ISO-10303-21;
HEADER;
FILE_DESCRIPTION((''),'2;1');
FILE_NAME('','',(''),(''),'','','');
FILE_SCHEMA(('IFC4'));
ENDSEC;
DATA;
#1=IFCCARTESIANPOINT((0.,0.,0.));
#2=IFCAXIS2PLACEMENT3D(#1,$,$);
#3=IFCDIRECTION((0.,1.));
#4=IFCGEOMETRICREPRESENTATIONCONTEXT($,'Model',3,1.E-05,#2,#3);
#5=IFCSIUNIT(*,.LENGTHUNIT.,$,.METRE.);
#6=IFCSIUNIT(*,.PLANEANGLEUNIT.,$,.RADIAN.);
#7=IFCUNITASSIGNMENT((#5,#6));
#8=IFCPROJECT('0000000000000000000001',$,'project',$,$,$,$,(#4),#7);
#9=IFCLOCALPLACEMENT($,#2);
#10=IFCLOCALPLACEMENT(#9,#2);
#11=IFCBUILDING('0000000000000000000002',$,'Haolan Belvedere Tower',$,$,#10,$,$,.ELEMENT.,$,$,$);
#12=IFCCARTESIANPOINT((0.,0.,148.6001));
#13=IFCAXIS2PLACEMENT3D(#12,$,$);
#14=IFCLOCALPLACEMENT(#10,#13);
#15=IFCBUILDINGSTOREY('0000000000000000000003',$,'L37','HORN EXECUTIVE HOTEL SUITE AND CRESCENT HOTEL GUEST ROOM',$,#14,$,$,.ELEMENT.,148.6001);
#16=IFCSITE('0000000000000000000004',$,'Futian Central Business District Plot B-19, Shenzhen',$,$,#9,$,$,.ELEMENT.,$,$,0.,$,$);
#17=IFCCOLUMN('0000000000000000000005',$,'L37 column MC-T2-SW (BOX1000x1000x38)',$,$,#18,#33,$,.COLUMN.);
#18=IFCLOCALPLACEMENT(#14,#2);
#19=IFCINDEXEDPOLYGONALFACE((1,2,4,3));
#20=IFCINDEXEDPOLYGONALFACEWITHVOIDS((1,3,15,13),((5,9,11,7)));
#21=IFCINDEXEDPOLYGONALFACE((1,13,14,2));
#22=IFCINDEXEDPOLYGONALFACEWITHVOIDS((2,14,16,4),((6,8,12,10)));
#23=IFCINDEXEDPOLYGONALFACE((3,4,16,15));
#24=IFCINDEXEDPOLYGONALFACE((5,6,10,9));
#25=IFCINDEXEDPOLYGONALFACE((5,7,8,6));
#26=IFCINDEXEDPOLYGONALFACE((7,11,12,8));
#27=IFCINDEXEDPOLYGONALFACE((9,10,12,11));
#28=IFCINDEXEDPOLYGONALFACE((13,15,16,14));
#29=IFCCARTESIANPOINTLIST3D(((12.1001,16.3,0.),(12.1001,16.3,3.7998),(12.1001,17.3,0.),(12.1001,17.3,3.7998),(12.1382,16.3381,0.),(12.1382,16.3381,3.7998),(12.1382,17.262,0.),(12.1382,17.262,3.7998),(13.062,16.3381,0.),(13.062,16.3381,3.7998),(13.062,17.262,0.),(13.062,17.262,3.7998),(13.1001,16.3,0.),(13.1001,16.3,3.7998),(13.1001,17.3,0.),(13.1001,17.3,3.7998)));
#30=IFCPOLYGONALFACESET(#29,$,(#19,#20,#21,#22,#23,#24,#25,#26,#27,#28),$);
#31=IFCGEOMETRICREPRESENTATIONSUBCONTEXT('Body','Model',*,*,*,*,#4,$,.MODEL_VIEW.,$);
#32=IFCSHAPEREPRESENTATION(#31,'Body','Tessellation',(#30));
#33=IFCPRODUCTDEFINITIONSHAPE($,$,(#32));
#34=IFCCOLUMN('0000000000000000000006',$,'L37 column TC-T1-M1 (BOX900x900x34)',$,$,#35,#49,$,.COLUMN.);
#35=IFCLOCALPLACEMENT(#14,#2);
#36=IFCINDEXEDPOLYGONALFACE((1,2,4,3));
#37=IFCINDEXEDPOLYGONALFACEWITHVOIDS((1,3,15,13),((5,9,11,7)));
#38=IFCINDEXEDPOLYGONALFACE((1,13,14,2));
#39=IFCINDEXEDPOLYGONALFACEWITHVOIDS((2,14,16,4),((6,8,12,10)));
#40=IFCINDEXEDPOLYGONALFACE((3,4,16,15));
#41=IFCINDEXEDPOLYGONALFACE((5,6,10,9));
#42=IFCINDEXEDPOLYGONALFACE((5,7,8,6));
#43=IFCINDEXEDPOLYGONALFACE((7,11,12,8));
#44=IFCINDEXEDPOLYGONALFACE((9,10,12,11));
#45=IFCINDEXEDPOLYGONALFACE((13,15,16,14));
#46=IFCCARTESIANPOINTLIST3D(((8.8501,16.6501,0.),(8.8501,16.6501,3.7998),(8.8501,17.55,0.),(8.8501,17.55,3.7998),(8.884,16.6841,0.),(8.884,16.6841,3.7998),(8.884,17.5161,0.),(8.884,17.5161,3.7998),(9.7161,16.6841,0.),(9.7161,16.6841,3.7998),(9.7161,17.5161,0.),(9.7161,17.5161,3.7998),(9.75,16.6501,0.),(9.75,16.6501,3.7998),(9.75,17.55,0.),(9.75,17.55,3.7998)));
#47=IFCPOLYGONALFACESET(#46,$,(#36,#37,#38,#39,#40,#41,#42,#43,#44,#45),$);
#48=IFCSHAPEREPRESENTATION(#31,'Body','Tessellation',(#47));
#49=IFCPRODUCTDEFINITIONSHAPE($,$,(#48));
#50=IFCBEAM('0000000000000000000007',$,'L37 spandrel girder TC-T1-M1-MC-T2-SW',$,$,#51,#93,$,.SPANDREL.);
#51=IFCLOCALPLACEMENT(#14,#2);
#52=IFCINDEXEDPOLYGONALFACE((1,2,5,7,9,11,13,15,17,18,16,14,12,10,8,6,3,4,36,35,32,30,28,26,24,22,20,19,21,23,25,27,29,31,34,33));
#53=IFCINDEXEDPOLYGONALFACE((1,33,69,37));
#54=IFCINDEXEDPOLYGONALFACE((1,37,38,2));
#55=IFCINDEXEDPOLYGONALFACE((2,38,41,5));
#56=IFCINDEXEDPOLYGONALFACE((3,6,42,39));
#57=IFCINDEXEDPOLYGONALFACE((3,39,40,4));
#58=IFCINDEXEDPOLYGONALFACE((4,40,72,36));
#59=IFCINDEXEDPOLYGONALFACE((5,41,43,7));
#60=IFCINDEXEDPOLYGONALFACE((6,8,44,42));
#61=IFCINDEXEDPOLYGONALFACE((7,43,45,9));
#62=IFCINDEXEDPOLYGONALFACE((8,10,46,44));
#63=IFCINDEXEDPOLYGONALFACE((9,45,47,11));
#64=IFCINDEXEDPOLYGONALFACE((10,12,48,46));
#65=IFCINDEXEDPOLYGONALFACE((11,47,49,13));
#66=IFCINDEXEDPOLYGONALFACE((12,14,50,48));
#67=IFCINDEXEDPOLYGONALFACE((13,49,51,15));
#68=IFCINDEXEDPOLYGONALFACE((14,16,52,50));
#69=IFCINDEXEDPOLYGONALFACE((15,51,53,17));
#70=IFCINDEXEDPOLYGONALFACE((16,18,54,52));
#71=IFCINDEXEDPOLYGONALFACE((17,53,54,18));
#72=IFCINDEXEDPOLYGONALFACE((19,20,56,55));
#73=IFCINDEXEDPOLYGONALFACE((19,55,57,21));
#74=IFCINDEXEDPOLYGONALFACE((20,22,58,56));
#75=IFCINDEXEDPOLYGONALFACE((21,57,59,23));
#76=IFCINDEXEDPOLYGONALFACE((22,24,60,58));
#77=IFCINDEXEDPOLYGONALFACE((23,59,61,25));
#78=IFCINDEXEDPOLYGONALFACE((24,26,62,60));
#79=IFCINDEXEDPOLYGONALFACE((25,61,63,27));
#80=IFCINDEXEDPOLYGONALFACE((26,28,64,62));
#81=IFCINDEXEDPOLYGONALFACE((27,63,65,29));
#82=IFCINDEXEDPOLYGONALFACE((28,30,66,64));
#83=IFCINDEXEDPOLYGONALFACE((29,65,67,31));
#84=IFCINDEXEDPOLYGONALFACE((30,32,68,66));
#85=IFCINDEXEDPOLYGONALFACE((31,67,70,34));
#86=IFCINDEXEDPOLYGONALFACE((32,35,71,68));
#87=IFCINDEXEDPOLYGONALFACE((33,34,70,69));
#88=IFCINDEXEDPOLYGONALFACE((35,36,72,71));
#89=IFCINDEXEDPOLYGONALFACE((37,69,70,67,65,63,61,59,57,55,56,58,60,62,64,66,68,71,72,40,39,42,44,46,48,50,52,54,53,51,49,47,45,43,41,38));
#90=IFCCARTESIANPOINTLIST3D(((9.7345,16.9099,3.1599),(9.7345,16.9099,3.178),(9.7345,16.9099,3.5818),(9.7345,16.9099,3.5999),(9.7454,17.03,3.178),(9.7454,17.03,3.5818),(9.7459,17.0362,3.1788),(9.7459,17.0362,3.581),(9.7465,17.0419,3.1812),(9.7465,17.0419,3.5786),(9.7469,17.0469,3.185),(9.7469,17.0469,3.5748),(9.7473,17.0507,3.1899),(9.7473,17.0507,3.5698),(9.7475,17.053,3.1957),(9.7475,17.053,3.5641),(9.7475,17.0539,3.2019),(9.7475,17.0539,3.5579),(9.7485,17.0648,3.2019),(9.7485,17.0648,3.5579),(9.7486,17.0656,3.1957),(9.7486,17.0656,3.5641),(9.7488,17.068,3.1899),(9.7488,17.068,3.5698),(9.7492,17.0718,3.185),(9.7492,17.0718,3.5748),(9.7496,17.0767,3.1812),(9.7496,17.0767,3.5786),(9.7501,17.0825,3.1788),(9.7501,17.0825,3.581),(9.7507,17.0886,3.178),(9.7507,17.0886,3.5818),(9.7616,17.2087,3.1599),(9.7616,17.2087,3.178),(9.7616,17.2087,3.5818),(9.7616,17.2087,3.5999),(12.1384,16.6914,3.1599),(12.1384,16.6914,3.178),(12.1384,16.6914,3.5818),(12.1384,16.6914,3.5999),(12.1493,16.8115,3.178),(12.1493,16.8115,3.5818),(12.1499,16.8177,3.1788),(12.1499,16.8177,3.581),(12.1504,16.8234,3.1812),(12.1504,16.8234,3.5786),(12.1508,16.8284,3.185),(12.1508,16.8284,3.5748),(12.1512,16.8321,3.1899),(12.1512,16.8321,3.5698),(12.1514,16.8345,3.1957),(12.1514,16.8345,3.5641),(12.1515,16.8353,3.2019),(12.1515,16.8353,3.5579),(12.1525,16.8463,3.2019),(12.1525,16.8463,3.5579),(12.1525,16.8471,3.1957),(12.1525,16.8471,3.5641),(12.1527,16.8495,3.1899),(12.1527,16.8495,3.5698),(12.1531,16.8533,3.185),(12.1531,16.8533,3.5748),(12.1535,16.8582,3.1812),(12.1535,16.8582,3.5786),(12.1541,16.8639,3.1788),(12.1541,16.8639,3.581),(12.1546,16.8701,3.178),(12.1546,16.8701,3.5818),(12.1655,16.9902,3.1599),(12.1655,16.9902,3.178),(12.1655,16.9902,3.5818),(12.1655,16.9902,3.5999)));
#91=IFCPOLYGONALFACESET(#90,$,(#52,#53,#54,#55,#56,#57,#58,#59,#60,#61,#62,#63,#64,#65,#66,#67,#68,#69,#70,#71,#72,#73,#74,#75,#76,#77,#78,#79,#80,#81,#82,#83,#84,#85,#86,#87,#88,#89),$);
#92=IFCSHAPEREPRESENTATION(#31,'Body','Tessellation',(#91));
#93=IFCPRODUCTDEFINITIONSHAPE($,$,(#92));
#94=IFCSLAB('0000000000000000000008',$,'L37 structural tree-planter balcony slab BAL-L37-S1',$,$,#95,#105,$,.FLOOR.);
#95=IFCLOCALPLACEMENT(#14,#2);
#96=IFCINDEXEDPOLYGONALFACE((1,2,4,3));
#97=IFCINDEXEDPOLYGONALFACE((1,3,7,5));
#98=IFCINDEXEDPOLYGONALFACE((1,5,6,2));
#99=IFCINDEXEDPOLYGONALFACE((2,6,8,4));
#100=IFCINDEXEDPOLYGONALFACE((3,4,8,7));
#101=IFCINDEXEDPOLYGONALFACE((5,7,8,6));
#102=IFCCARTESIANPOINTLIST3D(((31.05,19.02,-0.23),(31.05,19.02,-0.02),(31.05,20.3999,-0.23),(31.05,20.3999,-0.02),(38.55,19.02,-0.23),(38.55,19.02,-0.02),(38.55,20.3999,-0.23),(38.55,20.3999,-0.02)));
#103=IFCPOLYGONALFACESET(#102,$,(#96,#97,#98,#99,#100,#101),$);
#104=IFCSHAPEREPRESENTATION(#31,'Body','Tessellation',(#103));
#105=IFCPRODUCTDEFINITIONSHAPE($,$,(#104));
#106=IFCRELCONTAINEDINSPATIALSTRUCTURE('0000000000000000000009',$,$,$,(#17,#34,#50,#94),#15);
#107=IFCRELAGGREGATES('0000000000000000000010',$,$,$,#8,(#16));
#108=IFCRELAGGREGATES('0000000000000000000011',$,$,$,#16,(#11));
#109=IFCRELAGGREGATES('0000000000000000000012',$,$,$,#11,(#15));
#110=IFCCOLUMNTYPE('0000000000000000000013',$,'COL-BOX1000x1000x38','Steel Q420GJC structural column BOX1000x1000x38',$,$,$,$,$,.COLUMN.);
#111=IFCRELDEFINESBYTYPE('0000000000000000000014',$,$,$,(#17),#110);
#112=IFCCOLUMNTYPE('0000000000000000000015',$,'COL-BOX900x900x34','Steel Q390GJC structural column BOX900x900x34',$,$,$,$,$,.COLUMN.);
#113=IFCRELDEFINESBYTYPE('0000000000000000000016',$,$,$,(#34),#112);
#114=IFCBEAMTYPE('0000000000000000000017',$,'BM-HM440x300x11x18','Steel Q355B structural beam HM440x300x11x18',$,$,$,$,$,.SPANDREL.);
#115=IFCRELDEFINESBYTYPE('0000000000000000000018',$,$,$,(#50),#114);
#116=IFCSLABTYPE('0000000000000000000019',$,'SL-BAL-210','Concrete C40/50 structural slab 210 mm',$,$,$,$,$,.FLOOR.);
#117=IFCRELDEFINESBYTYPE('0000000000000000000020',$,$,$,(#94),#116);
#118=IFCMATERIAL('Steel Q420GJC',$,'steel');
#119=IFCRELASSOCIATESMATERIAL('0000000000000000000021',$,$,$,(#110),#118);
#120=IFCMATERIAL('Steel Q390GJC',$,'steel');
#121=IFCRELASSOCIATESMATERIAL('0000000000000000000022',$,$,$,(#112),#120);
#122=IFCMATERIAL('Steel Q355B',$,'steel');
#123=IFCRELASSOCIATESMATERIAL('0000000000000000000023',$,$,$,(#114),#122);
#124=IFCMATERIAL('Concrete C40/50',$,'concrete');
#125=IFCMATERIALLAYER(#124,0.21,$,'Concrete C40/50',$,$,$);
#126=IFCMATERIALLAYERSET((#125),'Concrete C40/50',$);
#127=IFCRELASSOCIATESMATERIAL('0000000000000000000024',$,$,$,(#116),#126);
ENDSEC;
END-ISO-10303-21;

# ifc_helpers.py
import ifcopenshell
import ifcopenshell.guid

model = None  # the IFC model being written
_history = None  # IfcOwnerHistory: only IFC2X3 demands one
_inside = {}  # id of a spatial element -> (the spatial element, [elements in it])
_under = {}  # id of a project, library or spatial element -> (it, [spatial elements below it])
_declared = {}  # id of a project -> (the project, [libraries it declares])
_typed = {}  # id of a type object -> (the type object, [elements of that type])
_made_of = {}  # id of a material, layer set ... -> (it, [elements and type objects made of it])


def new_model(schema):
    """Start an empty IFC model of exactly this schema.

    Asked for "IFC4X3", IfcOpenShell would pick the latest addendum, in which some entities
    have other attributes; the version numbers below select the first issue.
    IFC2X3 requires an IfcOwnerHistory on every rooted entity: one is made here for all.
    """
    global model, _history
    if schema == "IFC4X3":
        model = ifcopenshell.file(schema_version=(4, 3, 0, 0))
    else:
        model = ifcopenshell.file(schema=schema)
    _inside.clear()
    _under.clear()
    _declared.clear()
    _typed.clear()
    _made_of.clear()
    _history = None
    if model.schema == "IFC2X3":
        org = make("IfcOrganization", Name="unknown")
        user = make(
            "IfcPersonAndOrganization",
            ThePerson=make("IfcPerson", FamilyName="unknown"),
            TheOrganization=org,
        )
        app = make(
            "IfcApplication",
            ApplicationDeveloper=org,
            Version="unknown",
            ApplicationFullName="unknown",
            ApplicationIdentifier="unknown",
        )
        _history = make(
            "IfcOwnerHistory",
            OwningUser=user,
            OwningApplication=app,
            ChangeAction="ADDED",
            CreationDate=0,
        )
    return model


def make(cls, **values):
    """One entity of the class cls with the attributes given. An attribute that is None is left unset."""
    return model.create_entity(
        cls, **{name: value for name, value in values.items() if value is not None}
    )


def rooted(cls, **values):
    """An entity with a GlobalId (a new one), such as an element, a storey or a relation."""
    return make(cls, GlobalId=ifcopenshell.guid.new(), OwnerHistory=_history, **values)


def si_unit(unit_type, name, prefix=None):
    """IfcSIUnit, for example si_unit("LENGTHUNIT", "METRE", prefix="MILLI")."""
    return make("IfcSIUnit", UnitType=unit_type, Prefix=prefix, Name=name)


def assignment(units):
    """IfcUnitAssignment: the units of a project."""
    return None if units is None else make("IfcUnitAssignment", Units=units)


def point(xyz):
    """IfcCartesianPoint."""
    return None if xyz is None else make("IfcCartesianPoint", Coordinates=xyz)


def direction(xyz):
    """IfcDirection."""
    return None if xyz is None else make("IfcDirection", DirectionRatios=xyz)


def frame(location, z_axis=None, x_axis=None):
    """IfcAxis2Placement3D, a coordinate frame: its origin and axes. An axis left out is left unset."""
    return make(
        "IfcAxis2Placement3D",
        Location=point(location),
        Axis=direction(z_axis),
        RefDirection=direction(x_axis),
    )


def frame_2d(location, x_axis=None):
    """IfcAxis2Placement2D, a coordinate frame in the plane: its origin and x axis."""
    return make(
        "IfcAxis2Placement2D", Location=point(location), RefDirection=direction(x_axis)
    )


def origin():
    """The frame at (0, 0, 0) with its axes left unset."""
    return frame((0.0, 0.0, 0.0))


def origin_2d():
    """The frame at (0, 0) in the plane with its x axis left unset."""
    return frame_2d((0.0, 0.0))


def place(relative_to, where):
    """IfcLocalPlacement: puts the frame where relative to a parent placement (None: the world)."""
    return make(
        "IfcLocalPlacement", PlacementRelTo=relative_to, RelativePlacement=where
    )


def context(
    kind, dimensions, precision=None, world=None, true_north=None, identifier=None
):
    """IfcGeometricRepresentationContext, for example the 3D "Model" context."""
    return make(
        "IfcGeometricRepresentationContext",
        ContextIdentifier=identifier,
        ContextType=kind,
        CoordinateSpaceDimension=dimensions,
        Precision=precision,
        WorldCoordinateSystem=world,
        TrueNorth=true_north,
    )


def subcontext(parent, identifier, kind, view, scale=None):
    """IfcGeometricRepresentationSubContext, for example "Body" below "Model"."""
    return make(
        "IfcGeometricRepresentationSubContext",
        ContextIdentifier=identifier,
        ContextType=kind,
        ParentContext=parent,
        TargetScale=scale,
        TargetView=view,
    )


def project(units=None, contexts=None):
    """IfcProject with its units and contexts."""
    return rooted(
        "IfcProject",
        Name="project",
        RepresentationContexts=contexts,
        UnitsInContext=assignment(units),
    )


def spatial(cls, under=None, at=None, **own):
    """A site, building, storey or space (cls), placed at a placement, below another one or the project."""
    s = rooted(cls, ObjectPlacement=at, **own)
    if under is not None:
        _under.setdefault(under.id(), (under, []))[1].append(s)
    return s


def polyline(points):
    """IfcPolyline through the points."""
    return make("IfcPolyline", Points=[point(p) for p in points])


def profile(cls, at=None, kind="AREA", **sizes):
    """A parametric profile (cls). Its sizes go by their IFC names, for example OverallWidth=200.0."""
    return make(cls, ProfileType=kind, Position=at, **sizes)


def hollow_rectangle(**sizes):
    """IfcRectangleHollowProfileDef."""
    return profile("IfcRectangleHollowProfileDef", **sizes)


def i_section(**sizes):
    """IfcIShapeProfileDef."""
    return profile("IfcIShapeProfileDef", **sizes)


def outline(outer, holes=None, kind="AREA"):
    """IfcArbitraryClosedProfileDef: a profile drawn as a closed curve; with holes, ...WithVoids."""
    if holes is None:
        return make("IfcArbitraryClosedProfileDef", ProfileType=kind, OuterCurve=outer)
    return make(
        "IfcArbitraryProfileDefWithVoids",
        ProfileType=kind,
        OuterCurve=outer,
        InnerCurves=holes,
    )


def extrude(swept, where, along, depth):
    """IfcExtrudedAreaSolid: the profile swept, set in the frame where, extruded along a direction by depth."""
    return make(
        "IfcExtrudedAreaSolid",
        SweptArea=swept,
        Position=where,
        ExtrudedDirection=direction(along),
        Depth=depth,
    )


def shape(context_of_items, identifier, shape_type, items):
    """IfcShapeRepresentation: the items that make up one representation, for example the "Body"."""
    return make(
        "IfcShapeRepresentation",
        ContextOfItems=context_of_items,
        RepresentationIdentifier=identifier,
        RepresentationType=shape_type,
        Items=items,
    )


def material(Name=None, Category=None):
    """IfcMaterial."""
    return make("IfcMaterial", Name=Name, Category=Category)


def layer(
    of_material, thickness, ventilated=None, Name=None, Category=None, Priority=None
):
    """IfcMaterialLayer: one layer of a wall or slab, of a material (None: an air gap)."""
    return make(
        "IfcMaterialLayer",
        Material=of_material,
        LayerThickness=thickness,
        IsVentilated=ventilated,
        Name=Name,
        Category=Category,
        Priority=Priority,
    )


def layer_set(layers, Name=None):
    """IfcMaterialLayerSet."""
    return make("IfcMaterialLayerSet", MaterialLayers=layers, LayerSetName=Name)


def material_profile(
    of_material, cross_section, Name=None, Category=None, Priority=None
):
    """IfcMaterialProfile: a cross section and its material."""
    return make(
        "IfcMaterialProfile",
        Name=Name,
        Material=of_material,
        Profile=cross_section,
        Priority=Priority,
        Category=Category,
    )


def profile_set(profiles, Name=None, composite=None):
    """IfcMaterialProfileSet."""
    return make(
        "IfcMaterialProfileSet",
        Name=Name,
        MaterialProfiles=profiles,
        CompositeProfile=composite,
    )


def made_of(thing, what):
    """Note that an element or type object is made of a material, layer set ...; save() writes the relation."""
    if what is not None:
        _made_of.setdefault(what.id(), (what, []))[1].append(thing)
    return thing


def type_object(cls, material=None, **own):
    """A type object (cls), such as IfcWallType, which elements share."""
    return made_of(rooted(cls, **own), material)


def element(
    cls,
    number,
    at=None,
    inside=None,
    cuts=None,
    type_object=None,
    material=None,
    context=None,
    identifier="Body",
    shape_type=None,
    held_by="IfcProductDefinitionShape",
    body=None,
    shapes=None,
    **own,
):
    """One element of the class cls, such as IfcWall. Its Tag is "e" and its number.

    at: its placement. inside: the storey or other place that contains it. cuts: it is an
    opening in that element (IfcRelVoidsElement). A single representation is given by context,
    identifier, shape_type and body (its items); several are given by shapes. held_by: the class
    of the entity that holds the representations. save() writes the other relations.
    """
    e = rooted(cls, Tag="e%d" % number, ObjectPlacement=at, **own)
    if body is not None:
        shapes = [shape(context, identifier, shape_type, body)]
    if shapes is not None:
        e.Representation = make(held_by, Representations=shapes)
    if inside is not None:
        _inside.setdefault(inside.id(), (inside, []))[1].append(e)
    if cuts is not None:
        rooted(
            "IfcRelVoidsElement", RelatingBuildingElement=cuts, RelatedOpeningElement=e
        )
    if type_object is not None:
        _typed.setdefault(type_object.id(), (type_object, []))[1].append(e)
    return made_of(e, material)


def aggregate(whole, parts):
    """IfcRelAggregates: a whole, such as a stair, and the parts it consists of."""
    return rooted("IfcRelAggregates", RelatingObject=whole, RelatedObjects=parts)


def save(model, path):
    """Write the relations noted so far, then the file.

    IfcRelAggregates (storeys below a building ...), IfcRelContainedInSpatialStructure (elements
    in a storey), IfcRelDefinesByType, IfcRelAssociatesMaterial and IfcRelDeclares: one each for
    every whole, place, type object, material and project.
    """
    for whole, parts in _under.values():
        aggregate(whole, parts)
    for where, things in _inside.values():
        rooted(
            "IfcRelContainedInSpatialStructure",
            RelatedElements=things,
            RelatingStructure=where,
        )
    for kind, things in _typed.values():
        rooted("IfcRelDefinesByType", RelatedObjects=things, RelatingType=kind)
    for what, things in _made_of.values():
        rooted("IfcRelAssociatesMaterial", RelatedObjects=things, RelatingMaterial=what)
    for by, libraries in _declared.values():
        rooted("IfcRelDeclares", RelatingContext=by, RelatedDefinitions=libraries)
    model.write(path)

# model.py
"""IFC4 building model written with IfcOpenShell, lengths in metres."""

from ifc_helpers import new_model, si_unit, direction, frame, origin, origin_2d, place, context, subcontext, project, spatial, polyline, hollow_rectangle, i_section, outline, extrude, material, layer, layer_set, material_profile, profile_set, type_object, element, save


model = new_model("IFC4")

# Units and contexts
model_context = context("Model", 3, precision=1e-05, world=origin(), true_north=direction((0.0, 1.0)))
body_context = subcontext(model_context, "Body", "Model", "MODEL_VIEW")
ifc_project = project(units=[si_unit("LENGTHUNIT", "METRE"), si_unit("PLANEANGLEUNIT", "RADIAN")], contexts=[model_context])

# Site, building, storey
site_placement = place(None, origin())
site = spatial("IfcSite", under=ifc_project, at=site_placement, Name="Futian Central Business District Plot B-19, Shenzhen", CompositionType="ELEMENT", RefElevation=0.0)
building_placement = place(site_placement, origin())
building = spatial("IfcBuilding", under=site, at=building_placement, Name="Haolan Belvedere Tower", CompositionType="ELEMENT")
storey_placement = place(building_placement, frame((0.0, 0.0, 148.6001)))
storey = spatial("IfcBuildingStorey", under=building, at=storey_placement, Name="L37", Description="HORN EXECUTIVE HOTEL SUITE AND CRESCENT HOTEL GUEST ROOM", CompositionType="ELEMENT", Elevation=148.6001)

# Columns
ifc_material_1 = material(Name="Steel Q420GJC", Category="steel")
ifc_material_profile_1 = material_profile(ifc_material_1, hollow_rectangle(XDim=1.0, YDim=1.0, WallThickness=0.0381, at=origin_2d()), Name="Steel Q420GJC")
ifc_profile_set_1 = profile_set([ifc_material_profile_1], Name="Steel Q420GJC")
column_type_1 = type_object("IfcColumnType", Name="COL-BOX1000x1000x38", Description="Steel Q420GJC structural column BOX1000x1000x38", PredefinedType="COLUMN", material=ifc_profile_set_1)
column_1_placement = place(storey_placement, frame((12.6001, 16.8, 0.0), z_axis=(0.0, 0.0, 1.0), x_axis=(1.0, 0.0, 0.0)))
element("IfcColumn", 1, at=column_1_placement, inside=storey, type_object=column_type_1, Name="L37 column MC-T2-SW (BOX1000x1000x38)", PredefinedType="COLUMN", context=body_context, shape_type="SweptSolid", body=[
    extrude(hollow_rectangle(XDim=1.0, YDim=1.0, WallThickness=0.0381, at=origin_2d()), origin(), (0.0, 0.0, 1.0), 3.7998),
])
ifc_material_2 = material(Name="Steel Q390GJC", Category="steel")
ifc_material_profile_2 = material_profile(ifc_material_2, hollow_rectangle(XDim=0.8999, YDim=0.8999, WallThickness=0.0339, at=origin_2d()), Name="Steel Q390GJC")
ifc_profile_set_2 = profile_set([ifc_material_profile_2], Name="Steel Q390GJC")
column_type_2 = type_object("IfcColumnType", Name="COL-BOX900x900x34", Description="Steel Q390GJC structural column BOX900x900x34", PredefinedType="COLUMN", material=ifc_profile_set_2)
column_2_placement = place(storey_placement, frame((9.3, 17.1001, 0.0), z_axis=(0.0, 0.0, 1.0), x_axis=(1.0, 0.0, 0.0)))
element("IfcColumn", 2, at=column_2_placement, inside=storey, type_object=column_type_2, Name="L37 column TC-T1-M1 (BOX900x900x34)", PredefinedType="COLUMN", context=body_context, shape_type="SweptSolid", body=[
    extrude(hollow_rectangle(XDim=0.8999, YDim=0.8999, WallThickness=0.0339, at=origin_2d()), origin(), (0.0, 0.0, 1.0), 3.7998),
])

# Beam
ifc_material_3 = material(Name="Steel Q355B", Category="steel")
ifc_material_profile_3 = material_profile(ifc_material_3, i_section(OverallWidth=0.3, OverallDepth=0.4399, WebThickness=0.011, FlangeThickness=0.0181, FilletRadius=0.0239, at=origin_2d()), Name="Steel Q355B")
ifc_profile_set_3 = profile_set([ifc_material_profile_3], Name="Steel Q355B")
beam_type = type_object("IfcBeamType", Name="BM-HM440x300x11x18", Description="Steel Q355B structural beam HM440x300x11x18", PredefinedType="SPANDREL", material=ifc_profile_set_3)
beam_placement = place(storey_placement, frame((9.748, 17.0593, 3.3799), z_axis=(0.995894, -0.090527, 0.0), x_axis=(0.090527, 0.995894, 0.0)))
element("IfcBeam", 3, at=beam_placement, inside=storey, type_object=beam_type, Name="L37 spandrel girder TC-T1-M1-MC-T2-SW", PredefinedType="SPANDREL", context=body_context, shape_type="SweptSolid", body=[
    extrude(i_section(OverallWidth=0.3, OverallDepth=0.4399, WebThickness=0.011, FlangeThickness=0.0181, FilletRadius=0.0239, at=origin_2d()), origin(), (0.0, 0.0, 1.0), 2.4138),
])

# Slab
ifc_material_4 = material(Name="Concrete C40/50", Category="concrete")
ifc_layer_1 = layer(ifc_material_4, 0.21, Name="Concrete C40/50")
ifc_layer_set_1 = layer_set([ifc_layer_1], Name="Concrete C40/50")
slab_type_1 = type_object("IfcSlabType", Name="SL-BAL-210", Description="Concrete C40/50 structural slab 210 mm", PredefinedType="FLOOR", material=ifc_layer_set_1)
slab_1_placement = place(storey_placement, frame((0.0, 0.0, -0.23)))
element("IfcSlab", 4, at=slab_1_placement, inside=storey, type_object=slab_type_1, Name="L37 structural tree-planter balcony slab BAL-L37-S1", PredefinedType="FLOOR", context=body_context, shape_type="SweptSolid", body=[
    extrude(outline(polyline([(31.05, 19.02), (38.55, 19.02), (38.55, 20.3999), (31.05, 20.3999), (31.05, 19.02)])), origin(), (0.0, 0.0, 1.0), 0.21),
])

save(model, "model.ifc")
